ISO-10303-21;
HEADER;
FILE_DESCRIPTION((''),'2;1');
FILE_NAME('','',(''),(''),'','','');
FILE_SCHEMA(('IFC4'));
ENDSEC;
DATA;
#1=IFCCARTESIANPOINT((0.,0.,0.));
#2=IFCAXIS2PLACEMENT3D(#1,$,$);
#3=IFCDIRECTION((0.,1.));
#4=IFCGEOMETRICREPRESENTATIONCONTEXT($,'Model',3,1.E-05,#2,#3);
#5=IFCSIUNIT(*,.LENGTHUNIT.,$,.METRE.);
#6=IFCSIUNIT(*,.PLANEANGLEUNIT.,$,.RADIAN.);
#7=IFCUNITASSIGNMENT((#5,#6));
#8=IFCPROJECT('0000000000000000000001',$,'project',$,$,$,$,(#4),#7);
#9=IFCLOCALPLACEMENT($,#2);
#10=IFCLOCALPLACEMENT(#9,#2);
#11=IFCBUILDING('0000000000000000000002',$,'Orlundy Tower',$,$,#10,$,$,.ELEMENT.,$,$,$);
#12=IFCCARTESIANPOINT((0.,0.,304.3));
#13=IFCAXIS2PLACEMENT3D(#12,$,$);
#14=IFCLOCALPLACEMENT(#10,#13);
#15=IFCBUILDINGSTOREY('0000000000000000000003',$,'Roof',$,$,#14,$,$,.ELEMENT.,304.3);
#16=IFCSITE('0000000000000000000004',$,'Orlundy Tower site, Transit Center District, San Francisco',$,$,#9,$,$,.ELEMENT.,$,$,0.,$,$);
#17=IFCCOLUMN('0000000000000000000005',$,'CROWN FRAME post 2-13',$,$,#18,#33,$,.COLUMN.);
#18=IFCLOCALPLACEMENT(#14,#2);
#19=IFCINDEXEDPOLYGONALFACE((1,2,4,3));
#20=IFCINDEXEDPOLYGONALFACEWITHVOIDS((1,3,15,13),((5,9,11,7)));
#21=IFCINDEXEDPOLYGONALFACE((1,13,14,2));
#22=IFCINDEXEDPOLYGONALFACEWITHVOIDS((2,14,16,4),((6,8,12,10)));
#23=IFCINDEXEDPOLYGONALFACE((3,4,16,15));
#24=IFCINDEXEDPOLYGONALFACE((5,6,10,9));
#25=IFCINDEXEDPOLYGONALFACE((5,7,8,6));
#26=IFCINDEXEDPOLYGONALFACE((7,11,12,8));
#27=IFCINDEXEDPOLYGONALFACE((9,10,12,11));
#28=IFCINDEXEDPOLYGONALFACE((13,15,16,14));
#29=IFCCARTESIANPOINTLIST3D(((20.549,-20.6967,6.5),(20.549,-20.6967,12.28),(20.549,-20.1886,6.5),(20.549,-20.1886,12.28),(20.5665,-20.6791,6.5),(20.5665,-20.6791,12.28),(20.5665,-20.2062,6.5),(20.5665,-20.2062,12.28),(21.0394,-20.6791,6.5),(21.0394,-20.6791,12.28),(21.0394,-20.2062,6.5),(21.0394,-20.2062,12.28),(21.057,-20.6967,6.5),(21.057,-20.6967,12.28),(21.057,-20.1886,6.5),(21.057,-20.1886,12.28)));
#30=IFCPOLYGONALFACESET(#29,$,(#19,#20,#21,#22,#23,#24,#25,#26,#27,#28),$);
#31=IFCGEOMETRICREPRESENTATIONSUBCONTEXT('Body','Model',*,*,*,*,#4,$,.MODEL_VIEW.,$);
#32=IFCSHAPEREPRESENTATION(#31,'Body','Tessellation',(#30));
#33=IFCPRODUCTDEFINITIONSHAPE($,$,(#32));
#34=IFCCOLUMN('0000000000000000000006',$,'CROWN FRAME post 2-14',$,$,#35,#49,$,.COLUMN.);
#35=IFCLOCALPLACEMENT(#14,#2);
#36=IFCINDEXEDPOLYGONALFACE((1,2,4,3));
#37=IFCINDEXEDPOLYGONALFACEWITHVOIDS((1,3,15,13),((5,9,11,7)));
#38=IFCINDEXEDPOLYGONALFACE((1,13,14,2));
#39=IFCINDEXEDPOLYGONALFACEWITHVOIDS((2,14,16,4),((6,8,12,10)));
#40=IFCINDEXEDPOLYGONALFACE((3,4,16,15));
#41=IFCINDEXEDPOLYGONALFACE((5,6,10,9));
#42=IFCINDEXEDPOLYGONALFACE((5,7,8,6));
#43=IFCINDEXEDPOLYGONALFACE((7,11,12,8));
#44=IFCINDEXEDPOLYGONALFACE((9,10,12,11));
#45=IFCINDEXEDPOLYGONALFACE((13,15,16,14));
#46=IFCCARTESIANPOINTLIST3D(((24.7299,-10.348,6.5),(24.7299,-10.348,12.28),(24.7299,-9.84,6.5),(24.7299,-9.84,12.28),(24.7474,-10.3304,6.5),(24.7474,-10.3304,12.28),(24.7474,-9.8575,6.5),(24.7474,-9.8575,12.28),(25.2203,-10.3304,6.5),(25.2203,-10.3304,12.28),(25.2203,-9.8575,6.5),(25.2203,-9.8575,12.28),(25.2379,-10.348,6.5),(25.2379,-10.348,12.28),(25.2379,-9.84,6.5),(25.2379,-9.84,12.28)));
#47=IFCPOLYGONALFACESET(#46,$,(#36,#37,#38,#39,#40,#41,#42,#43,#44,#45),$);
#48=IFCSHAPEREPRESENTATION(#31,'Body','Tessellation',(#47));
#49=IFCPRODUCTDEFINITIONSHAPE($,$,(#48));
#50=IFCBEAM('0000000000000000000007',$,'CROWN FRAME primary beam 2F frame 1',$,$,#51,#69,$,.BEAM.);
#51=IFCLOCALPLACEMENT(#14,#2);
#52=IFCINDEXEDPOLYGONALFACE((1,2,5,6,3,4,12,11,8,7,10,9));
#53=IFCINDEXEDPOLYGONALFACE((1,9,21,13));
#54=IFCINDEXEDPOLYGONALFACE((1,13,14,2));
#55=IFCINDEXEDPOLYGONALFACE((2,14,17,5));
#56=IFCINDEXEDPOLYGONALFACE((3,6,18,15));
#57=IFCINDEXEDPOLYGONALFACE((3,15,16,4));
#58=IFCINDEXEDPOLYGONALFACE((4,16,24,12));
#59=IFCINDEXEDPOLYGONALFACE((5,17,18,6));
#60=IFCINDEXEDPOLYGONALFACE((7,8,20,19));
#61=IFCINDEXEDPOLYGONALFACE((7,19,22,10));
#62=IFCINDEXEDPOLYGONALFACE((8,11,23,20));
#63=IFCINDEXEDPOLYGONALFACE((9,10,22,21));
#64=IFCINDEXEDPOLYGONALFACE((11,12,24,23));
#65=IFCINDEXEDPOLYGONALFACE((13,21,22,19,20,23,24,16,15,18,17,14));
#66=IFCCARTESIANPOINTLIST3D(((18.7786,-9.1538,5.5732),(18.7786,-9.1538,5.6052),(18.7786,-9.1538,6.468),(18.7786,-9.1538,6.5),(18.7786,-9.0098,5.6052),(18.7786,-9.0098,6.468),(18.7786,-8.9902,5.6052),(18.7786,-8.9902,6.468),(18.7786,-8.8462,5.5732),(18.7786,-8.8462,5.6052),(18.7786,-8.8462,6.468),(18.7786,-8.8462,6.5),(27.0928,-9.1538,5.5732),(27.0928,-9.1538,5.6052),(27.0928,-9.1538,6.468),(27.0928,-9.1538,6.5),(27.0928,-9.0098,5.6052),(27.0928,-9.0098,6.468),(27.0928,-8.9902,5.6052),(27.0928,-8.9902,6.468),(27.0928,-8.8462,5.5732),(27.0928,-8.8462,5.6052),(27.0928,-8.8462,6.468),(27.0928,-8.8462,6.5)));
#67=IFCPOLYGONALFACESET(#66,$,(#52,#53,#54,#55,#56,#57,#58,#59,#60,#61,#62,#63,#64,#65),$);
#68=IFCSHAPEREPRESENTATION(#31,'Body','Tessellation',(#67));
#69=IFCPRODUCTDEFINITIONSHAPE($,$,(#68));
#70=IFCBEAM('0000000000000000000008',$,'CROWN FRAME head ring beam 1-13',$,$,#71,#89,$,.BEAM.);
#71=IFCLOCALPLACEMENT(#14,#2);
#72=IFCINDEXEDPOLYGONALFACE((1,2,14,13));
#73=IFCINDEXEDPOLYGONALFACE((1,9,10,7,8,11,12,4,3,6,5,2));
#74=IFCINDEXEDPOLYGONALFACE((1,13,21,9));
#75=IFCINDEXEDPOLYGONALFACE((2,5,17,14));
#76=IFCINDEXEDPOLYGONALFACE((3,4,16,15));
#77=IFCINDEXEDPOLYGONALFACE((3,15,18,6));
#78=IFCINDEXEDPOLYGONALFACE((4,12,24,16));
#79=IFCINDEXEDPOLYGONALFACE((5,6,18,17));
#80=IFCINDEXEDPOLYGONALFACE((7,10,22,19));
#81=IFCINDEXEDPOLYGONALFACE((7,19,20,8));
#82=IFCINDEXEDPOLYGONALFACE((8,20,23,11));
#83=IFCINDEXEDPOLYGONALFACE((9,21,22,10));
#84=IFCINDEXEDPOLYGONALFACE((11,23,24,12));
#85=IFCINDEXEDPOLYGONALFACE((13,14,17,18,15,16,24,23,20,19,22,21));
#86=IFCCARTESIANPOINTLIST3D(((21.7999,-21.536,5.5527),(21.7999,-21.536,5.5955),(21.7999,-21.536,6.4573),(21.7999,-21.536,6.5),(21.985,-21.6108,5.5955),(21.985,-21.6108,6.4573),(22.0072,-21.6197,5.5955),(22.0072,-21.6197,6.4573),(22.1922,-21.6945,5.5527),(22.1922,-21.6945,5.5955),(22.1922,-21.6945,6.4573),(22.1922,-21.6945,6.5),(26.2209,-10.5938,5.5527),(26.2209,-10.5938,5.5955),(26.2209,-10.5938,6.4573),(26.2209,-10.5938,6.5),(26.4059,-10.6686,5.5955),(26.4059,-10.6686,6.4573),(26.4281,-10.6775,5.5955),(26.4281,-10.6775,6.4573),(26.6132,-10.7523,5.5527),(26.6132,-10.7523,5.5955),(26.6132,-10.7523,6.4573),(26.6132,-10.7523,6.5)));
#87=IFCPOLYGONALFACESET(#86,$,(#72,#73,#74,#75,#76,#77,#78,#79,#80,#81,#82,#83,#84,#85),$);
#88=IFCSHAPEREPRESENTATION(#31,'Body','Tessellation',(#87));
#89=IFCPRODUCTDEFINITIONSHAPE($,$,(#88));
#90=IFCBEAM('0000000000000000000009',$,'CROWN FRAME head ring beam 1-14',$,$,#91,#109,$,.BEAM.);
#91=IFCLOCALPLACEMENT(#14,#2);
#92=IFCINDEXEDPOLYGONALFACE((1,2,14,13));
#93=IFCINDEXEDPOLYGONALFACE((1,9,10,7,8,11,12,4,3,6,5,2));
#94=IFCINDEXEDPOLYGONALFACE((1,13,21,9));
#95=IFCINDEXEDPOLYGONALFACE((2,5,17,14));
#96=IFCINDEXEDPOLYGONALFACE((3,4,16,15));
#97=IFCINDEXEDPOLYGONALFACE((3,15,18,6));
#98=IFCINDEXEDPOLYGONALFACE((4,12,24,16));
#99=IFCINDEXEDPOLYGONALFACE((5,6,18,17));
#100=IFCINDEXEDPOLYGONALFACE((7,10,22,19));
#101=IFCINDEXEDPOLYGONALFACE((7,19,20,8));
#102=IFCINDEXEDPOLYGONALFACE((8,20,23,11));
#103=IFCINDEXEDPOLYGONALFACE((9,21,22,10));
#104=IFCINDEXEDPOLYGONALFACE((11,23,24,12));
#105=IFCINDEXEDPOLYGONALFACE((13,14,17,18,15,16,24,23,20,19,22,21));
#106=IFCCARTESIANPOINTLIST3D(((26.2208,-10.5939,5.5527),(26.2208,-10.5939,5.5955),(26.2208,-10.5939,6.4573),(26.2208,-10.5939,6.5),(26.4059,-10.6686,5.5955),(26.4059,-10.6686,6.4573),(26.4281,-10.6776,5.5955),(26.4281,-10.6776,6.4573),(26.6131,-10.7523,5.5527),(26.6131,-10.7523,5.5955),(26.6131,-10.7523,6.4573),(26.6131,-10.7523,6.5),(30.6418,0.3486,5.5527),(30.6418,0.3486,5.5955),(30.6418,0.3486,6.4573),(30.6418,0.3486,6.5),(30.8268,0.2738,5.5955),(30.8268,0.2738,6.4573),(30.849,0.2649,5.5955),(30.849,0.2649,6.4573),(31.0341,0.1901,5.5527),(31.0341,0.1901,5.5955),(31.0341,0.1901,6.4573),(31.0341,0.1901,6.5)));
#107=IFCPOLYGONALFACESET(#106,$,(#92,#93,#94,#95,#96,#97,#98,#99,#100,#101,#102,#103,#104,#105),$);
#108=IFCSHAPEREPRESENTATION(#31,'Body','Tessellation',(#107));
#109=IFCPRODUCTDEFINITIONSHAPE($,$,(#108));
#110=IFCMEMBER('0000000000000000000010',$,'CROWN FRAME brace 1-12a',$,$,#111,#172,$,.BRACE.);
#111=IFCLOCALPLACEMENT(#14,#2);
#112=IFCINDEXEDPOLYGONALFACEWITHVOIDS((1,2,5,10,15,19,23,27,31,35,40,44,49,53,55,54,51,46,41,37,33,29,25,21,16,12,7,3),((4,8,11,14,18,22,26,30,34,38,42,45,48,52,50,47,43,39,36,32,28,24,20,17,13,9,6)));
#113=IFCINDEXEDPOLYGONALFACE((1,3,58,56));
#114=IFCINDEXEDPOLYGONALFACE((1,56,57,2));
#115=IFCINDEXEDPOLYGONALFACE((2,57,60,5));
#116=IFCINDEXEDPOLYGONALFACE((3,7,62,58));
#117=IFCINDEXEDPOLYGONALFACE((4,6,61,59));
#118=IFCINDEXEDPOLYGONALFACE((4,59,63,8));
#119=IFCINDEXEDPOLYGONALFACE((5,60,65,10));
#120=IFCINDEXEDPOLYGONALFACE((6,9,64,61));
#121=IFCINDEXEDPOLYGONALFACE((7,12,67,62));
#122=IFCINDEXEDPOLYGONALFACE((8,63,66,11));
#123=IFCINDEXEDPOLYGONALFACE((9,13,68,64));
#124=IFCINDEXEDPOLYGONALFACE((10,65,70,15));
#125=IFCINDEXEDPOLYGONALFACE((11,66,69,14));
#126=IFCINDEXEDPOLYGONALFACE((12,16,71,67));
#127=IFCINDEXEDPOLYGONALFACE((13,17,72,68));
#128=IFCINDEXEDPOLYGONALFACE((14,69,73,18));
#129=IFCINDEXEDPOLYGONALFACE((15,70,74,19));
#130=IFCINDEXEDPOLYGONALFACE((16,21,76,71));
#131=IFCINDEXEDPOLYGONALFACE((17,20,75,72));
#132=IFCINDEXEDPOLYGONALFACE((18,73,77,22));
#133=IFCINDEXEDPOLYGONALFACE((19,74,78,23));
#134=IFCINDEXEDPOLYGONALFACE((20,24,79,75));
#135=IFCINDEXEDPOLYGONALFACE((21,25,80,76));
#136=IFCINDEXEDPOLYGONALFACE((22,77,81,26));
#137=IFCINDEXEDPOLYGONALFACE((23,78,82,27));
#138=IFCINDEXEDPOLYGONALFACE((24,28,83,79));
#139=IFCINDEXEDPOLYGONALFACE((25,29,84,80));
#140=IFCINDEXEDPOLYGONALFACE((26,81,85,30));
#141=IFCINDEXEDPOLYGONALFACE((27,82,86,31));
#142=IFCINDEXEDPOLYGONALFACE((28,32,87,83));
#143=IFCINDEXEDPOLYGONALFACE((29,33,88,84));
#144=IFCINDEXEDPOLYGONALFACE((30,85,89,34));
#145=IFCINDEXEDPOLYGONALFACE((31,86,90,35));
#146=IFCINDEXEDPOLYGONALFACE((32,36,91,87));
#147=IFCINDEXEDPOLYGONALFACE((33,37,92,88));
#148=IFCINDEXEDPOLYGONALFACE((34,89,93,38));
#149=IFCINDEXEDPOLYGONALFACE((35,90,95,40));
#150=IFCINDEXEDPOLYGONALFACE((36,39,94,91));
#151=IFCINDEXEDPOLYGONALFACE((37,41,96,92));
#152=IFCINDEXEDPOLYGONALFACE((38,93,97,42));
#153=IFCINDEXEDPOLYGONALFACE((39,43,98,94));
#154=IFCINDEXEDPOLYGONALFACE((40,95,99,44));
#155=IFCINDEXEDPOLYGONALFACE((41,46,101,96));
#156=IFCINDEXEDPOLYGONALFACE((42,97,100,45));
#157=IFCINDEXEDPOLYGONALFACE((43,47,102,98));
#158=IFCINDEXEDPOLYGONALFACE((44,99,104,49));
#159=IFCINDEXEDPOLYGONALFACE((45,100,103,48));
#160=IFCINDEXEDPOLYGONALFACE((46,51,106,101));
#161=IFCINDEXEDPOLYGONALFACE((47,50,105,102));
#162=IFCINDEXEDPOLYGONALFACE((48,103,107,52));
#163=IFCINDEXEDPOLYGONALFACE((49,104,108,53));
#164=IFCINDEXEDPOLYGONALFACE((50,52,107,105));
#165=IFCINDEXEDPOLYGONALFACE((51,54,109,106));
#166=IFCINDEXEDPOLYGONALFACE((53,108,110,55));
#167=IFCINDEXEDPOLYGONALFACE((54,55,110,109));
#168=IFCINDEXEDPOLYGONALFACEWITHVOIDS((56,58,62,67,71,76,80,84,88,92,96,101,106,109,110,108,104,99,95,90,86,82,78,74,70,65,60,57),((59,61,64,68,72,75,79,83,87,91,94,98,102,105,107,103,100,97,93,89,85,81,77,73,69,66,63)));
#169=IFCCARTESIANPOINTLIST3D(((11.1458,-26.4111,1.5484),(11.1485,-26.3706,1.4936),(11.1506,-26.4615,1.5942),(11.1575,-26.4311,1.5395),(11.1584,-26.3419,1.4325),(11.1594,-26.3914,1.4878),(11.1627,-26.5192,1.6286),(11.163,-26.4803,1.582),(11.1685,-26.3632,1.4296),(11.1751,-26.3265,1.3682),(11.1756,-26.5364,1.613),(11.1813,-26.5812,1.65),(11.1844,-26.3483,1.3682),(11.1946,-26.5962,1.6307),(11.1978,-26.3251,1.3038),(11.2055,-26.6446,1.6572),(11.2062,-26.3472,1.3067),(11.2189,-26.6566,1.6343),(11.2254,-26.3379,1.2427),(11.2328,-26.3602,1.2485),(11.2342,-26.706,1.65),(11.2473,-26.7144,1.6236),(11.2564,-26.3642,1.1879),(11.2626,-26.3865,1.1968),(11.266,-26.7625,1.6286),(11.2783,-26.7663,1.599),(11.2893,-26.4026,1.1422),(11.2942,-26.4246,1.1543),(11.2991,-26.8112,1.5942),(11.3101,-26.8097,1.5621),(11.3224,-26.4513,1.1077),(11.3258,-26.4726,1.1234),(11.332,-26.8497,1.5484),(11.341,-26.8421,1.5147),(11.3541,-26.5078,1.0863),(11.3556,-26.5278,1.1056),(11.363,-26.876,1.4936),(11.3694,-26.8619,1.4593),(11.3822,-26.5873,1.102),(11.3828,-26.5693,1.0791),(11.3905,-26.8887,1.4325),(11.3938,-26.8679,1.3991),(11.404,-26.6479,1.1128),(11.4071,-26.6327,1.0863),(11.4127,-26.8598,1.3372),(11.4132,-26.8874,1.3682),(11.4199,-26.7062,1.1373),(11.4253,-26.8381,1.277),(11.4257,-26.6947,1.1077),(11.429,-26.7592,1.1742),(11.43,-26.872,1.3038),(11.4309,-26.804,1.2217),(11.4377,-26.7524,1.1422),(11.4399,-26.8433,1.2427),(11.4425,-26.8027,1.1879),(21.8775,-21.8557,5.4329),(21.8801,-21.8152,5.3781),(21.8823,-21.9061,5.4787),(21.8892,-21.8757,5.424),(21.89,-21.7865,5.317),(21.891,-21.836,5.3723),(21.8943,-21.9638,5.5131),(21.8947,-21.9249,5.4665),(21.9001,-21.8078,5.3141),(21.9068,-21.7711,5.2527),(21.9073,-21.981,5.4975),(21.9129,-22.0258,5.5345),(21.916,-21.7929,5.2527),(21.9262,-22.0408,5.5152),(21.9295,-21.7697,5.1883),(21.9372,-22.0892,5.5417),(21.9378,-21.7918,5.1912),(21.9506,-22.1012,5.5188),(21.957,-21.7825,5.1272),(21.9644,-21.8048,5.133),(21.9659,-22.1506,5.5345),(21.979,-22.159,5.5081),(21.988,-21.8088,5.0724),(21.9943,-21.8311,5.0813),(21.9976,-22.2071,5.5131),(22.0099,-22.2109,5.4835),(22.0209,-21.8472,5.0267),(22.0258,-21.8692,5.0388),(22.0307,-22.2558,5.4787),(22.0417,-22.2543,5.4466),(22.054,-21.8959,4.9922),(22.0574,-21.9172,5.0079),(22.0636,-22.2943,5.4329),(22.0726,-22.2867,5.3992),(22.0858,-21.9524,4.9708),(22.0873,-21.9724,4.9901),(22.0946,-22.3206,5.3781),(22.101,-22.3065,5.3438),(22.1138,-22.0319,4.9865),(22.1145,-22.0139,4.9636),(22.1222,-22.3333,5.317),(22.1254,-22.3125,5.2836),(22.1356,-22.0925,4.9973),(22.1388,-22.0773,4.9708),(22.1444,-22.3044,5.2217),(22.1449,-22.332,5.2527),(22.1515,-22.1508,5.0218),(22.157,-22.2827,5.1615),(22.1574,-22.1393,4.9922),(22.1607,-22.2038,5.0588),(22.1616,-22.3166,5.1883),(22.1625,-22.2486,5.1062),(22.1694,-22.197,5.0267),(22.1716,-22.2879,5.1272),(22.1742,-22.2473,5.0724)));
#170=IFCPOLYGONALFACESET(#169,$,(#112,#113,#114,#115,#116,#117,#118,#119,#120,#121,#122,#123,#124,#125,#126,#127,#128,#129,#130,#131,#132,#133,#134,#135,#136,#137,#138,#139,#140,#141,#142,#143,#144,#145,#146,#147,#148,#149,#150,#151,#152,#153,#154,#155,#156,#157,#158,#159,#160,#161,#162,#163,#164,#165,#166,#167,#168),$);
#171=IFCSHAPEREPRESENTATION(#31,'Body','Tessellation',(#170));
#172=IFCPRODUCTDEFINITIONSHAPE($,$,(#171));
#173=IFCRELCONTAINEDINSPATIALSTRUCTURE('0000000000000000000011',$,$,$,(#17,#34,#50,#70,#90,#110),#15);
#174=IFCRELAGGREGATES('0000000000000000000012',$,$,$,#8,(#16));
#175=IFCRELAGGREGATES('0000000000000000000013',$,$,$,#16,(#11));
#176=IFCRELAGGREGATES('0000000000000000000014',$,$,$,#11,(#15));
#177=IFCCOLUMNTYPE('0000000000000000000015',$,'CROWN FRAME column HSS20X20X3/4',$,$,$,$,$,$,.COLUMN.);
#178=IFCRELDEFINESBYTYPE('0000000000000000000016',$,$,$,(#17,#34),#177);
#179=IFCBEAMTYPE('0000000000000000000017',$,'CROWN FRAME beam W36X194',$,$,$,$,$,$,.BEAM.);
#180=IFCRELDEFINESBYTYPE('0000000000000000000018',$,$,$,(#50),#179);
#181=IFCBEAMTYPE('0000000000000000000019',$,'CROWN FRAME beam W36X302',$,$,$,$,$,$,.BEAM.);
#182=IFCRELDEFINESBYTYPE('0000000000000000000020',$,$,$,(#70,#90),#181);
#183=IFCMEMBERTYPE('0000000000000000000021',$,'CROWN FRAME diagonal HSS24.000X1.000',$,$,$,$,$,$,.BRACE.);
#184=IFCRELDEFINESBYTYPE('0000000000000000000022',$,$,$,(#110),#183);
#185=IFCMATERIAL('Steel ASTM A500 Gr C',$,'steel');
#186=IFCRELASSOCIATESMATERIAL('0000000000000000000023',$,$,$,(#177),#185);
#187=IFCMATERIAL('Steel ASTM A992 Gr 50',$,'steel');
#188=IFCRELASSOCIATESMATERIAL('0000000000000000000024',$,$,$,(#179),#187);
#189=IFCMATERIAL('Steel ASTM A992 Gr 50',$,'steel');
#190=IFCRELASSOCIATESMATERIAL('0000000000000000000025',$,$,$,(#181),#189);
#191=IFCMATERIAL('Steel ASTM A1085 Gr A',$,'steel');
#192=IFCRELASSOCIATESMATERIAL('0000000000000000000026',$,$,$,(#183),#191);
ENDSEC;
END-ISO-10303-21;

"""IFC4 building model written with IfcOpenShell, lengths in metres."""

from ifc_helpers import new_model, si_unit, direction, frame, origin, origin_2d, place, context, subcontext, project, spatial, hollow_rectangle, hollow_circle, i_section, extrude, material, material_profile, profile_set, type_object, element, save


model = new_model("IFC4")

# Units and contexts
model_context = context("Model", 3, precision=1e-05, world=origin(), true_north=direction((0.0, 1.0)))
body_context = subcontext(model_context, "Body", "Model", "MODEL_VIEW")
ifc_project = project(units=[si_unit("LENGTHUNIT", "METRE"), si_unit("PLANEANGLEUNIT", "RADIAN")], contexts=[model_context])

# Site, building, storey
site_placement = place(None, origin())
site = spatial("IfcSite", under=ifc_project, at=site_placement, Name="Orlundy Tower site, Transit Center District, San Francisco", CompositionType="ELEMENT", RefElevation=0.0)
building_placement = place(site_placement, origin())
building = spatial("IfcBuilding", under=site, at=building_placement, Name="Orlundy Tower", CompositionType="ELEMENT")
storey_placement = place(building_placement, frame((0.0, 0.0, 304.3)))
storey = spatial("IfcBuildingStorey", under=building, at=storey_placement, Name="Roof", CompositionType="ELEMENT", Elevation=304.3)

# Columns
ifc_material_1 = material(Name="Steel ASTM A500 Gr C", Category="steel")
ifc_material_profile_1 = material_profile(ifc_material_1, hollow_rectangle(XDim=0.5081, YDim=0.5081, WallThickness=0.0176, at=origin_2d()), Name="HSS20X20X3/4")
ifc_profile_set_1 = profile_set([ifc_material_profile_1], Name="Steel ASTM A500 Gr C")
column_type = type_object("IfcColumnType", Name="CROWN FRAME column HSS20X20X3/4", PredefinedType="COLUMN", material=ifc_profile_set_1)
for number, where, z_axis, x_axis, name in (
    (1, (20.803, -20.4426, 6.5), (0.0, 0.0, 1.0), (1.0, 0.0, 0.0), "CROWN FRAME post 2-13"),
    (2, (24.9839, -10.094, 6.5), (0.0, 0.0, 1.0), (1.0, 0.0, 0.0), "CROWN FRAME post 2-14"),
):
    element("IfcColumn", number, at=place(storey_placement, frame(where, z_axis=z_axis, x_axis=x_axis)), inside=storey, type_object=column_type, Name=name, PredefinedType="COLUMN", context=body_context, shape_type="SweptSolid", body=[
        extrude(hollow_rectangle(XDim=0.5081, YDim=0.5081, WallThickness=0.0176, at=origin_2d()), origin(), (0.0, 0.0, 1.0), 5.78),
    ])

# Beams
ifc_material_2 = material(Name="Steel ASTM A992 Gr 50", Category="steel")
ifc_material_profile_2 = material_profile(ifc_material_2, i_section(OverallWidth=0.3076, OverallDepth=0.9268, WebThickness=0.0195, FlangeThickness=0.032, at=origin_2d()), Name="W36X194")
ifc_profile_set_2 = profile_set([ifc_material_profile_2], Name="Steel ASTM A992 Gr 50")
beam_type_1 = type_object("IfcBeamType", Name="CROWN FRAME beam W36X194", PredefinedType="BEAM", material=ifc_profile_set_2)
beam_1_placement = place(storey_placement, frame((18.7786, -9.0, 6.0366), z_axis=(1.0, 0.0, 0.0), x_axis=(0.0, 1.0, 0.0)))
element("IfcBeam", 3, at=beam_1_placement, inside=storey, type_object=beam_type_1, Name="CROWN FRAME primary beam 2F frame 1", PredefinedType="BEAM", context=body_context, shape_type="SweptSolid", body=[
    extrude(i_section(OverallWidth=0.3076, OverallDepth=0.9268, WebThickness=0.0195, FlangeThickness=0.032, at=origin_2d()), origin(), (0.0, 0.0, 1.0), 8.3142),
])
ifc_material_3 = material(Name="Steel ASTM A992 Gr 50", Category="steel")
ifc_material_profile_3 = material_profile(ifc_material_3, i_section(OverallWidth=0.4231, OverallDepth=0.9473, WebThickness=0.0239, FlangeThickness=0.0427, at=origin_2d()), Name="W36X302")
ifc_profile_set_3 = profile_set([ifc_material_profile_3], Name="Steel ASTM A992 Gr 50")
beam_type_2 = type_object("IfcBeamType", Name="CROWN FRAME beam W36X302", PredefinedType="BEAM", material=ifc_profile_set_3)
beam_2_placement = place(storey_placement, frame((21.9961, -21.6152, 6.0264), z_axis=(0.374606, 0.927184, 0.0), x_axis=(-0.927184, 0.374606, 0.0)))
element("IfcBeam", 4, at=beam_2_placement, inside=storey, type_object=beam_type_2, Name="CROWN FRAME head ring beam 1-13", PredefinedType="BEAM", context=body_context, shape_type="SweptSolid", body=[
    extrude(i_section(OverallWidth=0.4231, OverallDepth=0.9473, WebThickness=0.0239, FlangeThickness=0.0427, at=origin_2d()), origin(), (0.0, 0.0, 1.0), 11.8015),
])
beam_3_placement = place(storey_placement, frame((26.417, -10.6731, 6.0264), z_axis=(0.374598, 0.927187, 0.0), x_axis=(-0.927187, 0.374598, 0.0)))
element("IfcBeam", 5, at=beam_3_placement, inside=storey, type_object=beam_type_2, Name="CROWN FRAME head ring beam 1-14", PredefinedType="BEAM", context=body_context, shape_type="SweptSolid", body=[
    extrude(i_section(OverallWidth=0.4231, OverallDepth=0.9473, WebThickness=0.0239, FlangeThickness=0.0427, at=origin_2d()), origin(), (0.0, 0.0, 1.0), 11.8018),
])

# Member
ifc_material_4 = material(Name="Steel ASTM A1085 Gr A", Category="steel")
ifc_material_profile_4 = material_profile(ifc_material_4, hollow_circle(Radius=0.3047, WallThickness=0.0237, at=origin_2d()), Name="HSS24.000X1.000")
ifc_profile_set_4 = profile_set([ifc_material_profile_4], Name="Steel ASTM A1085 Gr A")
member_type_1 = type_object("IfcMemberType", Name="CROWN FRAME diagonal HSS24.000X1.000", PredefinedType="BRACE", material=ifc_profile_set_4)
member_1_placement = place(storey_placement, frame((11.2942, -26.6069, 1.3682), z_axis=(0.873302, 0.370702, 0.316107), x_axis=(-0.390738, 0.920502, 0.0)))
element("IfcMember", 6, at=member_1_placement, inside=storey, type_object=member_type_1, Name="CROWN FRAME brace 1-12a", PredefinedType="BRACE", context=body_context, shape_type="SweptSolid", body=[
    extrude(hollow_circle(Radius=0.3047, WallThickness=0.0237, at=origin_2d()), origin(), (0.0, 0.0, 1.0), 12.2886),
])

save(model, "model.ifc")
